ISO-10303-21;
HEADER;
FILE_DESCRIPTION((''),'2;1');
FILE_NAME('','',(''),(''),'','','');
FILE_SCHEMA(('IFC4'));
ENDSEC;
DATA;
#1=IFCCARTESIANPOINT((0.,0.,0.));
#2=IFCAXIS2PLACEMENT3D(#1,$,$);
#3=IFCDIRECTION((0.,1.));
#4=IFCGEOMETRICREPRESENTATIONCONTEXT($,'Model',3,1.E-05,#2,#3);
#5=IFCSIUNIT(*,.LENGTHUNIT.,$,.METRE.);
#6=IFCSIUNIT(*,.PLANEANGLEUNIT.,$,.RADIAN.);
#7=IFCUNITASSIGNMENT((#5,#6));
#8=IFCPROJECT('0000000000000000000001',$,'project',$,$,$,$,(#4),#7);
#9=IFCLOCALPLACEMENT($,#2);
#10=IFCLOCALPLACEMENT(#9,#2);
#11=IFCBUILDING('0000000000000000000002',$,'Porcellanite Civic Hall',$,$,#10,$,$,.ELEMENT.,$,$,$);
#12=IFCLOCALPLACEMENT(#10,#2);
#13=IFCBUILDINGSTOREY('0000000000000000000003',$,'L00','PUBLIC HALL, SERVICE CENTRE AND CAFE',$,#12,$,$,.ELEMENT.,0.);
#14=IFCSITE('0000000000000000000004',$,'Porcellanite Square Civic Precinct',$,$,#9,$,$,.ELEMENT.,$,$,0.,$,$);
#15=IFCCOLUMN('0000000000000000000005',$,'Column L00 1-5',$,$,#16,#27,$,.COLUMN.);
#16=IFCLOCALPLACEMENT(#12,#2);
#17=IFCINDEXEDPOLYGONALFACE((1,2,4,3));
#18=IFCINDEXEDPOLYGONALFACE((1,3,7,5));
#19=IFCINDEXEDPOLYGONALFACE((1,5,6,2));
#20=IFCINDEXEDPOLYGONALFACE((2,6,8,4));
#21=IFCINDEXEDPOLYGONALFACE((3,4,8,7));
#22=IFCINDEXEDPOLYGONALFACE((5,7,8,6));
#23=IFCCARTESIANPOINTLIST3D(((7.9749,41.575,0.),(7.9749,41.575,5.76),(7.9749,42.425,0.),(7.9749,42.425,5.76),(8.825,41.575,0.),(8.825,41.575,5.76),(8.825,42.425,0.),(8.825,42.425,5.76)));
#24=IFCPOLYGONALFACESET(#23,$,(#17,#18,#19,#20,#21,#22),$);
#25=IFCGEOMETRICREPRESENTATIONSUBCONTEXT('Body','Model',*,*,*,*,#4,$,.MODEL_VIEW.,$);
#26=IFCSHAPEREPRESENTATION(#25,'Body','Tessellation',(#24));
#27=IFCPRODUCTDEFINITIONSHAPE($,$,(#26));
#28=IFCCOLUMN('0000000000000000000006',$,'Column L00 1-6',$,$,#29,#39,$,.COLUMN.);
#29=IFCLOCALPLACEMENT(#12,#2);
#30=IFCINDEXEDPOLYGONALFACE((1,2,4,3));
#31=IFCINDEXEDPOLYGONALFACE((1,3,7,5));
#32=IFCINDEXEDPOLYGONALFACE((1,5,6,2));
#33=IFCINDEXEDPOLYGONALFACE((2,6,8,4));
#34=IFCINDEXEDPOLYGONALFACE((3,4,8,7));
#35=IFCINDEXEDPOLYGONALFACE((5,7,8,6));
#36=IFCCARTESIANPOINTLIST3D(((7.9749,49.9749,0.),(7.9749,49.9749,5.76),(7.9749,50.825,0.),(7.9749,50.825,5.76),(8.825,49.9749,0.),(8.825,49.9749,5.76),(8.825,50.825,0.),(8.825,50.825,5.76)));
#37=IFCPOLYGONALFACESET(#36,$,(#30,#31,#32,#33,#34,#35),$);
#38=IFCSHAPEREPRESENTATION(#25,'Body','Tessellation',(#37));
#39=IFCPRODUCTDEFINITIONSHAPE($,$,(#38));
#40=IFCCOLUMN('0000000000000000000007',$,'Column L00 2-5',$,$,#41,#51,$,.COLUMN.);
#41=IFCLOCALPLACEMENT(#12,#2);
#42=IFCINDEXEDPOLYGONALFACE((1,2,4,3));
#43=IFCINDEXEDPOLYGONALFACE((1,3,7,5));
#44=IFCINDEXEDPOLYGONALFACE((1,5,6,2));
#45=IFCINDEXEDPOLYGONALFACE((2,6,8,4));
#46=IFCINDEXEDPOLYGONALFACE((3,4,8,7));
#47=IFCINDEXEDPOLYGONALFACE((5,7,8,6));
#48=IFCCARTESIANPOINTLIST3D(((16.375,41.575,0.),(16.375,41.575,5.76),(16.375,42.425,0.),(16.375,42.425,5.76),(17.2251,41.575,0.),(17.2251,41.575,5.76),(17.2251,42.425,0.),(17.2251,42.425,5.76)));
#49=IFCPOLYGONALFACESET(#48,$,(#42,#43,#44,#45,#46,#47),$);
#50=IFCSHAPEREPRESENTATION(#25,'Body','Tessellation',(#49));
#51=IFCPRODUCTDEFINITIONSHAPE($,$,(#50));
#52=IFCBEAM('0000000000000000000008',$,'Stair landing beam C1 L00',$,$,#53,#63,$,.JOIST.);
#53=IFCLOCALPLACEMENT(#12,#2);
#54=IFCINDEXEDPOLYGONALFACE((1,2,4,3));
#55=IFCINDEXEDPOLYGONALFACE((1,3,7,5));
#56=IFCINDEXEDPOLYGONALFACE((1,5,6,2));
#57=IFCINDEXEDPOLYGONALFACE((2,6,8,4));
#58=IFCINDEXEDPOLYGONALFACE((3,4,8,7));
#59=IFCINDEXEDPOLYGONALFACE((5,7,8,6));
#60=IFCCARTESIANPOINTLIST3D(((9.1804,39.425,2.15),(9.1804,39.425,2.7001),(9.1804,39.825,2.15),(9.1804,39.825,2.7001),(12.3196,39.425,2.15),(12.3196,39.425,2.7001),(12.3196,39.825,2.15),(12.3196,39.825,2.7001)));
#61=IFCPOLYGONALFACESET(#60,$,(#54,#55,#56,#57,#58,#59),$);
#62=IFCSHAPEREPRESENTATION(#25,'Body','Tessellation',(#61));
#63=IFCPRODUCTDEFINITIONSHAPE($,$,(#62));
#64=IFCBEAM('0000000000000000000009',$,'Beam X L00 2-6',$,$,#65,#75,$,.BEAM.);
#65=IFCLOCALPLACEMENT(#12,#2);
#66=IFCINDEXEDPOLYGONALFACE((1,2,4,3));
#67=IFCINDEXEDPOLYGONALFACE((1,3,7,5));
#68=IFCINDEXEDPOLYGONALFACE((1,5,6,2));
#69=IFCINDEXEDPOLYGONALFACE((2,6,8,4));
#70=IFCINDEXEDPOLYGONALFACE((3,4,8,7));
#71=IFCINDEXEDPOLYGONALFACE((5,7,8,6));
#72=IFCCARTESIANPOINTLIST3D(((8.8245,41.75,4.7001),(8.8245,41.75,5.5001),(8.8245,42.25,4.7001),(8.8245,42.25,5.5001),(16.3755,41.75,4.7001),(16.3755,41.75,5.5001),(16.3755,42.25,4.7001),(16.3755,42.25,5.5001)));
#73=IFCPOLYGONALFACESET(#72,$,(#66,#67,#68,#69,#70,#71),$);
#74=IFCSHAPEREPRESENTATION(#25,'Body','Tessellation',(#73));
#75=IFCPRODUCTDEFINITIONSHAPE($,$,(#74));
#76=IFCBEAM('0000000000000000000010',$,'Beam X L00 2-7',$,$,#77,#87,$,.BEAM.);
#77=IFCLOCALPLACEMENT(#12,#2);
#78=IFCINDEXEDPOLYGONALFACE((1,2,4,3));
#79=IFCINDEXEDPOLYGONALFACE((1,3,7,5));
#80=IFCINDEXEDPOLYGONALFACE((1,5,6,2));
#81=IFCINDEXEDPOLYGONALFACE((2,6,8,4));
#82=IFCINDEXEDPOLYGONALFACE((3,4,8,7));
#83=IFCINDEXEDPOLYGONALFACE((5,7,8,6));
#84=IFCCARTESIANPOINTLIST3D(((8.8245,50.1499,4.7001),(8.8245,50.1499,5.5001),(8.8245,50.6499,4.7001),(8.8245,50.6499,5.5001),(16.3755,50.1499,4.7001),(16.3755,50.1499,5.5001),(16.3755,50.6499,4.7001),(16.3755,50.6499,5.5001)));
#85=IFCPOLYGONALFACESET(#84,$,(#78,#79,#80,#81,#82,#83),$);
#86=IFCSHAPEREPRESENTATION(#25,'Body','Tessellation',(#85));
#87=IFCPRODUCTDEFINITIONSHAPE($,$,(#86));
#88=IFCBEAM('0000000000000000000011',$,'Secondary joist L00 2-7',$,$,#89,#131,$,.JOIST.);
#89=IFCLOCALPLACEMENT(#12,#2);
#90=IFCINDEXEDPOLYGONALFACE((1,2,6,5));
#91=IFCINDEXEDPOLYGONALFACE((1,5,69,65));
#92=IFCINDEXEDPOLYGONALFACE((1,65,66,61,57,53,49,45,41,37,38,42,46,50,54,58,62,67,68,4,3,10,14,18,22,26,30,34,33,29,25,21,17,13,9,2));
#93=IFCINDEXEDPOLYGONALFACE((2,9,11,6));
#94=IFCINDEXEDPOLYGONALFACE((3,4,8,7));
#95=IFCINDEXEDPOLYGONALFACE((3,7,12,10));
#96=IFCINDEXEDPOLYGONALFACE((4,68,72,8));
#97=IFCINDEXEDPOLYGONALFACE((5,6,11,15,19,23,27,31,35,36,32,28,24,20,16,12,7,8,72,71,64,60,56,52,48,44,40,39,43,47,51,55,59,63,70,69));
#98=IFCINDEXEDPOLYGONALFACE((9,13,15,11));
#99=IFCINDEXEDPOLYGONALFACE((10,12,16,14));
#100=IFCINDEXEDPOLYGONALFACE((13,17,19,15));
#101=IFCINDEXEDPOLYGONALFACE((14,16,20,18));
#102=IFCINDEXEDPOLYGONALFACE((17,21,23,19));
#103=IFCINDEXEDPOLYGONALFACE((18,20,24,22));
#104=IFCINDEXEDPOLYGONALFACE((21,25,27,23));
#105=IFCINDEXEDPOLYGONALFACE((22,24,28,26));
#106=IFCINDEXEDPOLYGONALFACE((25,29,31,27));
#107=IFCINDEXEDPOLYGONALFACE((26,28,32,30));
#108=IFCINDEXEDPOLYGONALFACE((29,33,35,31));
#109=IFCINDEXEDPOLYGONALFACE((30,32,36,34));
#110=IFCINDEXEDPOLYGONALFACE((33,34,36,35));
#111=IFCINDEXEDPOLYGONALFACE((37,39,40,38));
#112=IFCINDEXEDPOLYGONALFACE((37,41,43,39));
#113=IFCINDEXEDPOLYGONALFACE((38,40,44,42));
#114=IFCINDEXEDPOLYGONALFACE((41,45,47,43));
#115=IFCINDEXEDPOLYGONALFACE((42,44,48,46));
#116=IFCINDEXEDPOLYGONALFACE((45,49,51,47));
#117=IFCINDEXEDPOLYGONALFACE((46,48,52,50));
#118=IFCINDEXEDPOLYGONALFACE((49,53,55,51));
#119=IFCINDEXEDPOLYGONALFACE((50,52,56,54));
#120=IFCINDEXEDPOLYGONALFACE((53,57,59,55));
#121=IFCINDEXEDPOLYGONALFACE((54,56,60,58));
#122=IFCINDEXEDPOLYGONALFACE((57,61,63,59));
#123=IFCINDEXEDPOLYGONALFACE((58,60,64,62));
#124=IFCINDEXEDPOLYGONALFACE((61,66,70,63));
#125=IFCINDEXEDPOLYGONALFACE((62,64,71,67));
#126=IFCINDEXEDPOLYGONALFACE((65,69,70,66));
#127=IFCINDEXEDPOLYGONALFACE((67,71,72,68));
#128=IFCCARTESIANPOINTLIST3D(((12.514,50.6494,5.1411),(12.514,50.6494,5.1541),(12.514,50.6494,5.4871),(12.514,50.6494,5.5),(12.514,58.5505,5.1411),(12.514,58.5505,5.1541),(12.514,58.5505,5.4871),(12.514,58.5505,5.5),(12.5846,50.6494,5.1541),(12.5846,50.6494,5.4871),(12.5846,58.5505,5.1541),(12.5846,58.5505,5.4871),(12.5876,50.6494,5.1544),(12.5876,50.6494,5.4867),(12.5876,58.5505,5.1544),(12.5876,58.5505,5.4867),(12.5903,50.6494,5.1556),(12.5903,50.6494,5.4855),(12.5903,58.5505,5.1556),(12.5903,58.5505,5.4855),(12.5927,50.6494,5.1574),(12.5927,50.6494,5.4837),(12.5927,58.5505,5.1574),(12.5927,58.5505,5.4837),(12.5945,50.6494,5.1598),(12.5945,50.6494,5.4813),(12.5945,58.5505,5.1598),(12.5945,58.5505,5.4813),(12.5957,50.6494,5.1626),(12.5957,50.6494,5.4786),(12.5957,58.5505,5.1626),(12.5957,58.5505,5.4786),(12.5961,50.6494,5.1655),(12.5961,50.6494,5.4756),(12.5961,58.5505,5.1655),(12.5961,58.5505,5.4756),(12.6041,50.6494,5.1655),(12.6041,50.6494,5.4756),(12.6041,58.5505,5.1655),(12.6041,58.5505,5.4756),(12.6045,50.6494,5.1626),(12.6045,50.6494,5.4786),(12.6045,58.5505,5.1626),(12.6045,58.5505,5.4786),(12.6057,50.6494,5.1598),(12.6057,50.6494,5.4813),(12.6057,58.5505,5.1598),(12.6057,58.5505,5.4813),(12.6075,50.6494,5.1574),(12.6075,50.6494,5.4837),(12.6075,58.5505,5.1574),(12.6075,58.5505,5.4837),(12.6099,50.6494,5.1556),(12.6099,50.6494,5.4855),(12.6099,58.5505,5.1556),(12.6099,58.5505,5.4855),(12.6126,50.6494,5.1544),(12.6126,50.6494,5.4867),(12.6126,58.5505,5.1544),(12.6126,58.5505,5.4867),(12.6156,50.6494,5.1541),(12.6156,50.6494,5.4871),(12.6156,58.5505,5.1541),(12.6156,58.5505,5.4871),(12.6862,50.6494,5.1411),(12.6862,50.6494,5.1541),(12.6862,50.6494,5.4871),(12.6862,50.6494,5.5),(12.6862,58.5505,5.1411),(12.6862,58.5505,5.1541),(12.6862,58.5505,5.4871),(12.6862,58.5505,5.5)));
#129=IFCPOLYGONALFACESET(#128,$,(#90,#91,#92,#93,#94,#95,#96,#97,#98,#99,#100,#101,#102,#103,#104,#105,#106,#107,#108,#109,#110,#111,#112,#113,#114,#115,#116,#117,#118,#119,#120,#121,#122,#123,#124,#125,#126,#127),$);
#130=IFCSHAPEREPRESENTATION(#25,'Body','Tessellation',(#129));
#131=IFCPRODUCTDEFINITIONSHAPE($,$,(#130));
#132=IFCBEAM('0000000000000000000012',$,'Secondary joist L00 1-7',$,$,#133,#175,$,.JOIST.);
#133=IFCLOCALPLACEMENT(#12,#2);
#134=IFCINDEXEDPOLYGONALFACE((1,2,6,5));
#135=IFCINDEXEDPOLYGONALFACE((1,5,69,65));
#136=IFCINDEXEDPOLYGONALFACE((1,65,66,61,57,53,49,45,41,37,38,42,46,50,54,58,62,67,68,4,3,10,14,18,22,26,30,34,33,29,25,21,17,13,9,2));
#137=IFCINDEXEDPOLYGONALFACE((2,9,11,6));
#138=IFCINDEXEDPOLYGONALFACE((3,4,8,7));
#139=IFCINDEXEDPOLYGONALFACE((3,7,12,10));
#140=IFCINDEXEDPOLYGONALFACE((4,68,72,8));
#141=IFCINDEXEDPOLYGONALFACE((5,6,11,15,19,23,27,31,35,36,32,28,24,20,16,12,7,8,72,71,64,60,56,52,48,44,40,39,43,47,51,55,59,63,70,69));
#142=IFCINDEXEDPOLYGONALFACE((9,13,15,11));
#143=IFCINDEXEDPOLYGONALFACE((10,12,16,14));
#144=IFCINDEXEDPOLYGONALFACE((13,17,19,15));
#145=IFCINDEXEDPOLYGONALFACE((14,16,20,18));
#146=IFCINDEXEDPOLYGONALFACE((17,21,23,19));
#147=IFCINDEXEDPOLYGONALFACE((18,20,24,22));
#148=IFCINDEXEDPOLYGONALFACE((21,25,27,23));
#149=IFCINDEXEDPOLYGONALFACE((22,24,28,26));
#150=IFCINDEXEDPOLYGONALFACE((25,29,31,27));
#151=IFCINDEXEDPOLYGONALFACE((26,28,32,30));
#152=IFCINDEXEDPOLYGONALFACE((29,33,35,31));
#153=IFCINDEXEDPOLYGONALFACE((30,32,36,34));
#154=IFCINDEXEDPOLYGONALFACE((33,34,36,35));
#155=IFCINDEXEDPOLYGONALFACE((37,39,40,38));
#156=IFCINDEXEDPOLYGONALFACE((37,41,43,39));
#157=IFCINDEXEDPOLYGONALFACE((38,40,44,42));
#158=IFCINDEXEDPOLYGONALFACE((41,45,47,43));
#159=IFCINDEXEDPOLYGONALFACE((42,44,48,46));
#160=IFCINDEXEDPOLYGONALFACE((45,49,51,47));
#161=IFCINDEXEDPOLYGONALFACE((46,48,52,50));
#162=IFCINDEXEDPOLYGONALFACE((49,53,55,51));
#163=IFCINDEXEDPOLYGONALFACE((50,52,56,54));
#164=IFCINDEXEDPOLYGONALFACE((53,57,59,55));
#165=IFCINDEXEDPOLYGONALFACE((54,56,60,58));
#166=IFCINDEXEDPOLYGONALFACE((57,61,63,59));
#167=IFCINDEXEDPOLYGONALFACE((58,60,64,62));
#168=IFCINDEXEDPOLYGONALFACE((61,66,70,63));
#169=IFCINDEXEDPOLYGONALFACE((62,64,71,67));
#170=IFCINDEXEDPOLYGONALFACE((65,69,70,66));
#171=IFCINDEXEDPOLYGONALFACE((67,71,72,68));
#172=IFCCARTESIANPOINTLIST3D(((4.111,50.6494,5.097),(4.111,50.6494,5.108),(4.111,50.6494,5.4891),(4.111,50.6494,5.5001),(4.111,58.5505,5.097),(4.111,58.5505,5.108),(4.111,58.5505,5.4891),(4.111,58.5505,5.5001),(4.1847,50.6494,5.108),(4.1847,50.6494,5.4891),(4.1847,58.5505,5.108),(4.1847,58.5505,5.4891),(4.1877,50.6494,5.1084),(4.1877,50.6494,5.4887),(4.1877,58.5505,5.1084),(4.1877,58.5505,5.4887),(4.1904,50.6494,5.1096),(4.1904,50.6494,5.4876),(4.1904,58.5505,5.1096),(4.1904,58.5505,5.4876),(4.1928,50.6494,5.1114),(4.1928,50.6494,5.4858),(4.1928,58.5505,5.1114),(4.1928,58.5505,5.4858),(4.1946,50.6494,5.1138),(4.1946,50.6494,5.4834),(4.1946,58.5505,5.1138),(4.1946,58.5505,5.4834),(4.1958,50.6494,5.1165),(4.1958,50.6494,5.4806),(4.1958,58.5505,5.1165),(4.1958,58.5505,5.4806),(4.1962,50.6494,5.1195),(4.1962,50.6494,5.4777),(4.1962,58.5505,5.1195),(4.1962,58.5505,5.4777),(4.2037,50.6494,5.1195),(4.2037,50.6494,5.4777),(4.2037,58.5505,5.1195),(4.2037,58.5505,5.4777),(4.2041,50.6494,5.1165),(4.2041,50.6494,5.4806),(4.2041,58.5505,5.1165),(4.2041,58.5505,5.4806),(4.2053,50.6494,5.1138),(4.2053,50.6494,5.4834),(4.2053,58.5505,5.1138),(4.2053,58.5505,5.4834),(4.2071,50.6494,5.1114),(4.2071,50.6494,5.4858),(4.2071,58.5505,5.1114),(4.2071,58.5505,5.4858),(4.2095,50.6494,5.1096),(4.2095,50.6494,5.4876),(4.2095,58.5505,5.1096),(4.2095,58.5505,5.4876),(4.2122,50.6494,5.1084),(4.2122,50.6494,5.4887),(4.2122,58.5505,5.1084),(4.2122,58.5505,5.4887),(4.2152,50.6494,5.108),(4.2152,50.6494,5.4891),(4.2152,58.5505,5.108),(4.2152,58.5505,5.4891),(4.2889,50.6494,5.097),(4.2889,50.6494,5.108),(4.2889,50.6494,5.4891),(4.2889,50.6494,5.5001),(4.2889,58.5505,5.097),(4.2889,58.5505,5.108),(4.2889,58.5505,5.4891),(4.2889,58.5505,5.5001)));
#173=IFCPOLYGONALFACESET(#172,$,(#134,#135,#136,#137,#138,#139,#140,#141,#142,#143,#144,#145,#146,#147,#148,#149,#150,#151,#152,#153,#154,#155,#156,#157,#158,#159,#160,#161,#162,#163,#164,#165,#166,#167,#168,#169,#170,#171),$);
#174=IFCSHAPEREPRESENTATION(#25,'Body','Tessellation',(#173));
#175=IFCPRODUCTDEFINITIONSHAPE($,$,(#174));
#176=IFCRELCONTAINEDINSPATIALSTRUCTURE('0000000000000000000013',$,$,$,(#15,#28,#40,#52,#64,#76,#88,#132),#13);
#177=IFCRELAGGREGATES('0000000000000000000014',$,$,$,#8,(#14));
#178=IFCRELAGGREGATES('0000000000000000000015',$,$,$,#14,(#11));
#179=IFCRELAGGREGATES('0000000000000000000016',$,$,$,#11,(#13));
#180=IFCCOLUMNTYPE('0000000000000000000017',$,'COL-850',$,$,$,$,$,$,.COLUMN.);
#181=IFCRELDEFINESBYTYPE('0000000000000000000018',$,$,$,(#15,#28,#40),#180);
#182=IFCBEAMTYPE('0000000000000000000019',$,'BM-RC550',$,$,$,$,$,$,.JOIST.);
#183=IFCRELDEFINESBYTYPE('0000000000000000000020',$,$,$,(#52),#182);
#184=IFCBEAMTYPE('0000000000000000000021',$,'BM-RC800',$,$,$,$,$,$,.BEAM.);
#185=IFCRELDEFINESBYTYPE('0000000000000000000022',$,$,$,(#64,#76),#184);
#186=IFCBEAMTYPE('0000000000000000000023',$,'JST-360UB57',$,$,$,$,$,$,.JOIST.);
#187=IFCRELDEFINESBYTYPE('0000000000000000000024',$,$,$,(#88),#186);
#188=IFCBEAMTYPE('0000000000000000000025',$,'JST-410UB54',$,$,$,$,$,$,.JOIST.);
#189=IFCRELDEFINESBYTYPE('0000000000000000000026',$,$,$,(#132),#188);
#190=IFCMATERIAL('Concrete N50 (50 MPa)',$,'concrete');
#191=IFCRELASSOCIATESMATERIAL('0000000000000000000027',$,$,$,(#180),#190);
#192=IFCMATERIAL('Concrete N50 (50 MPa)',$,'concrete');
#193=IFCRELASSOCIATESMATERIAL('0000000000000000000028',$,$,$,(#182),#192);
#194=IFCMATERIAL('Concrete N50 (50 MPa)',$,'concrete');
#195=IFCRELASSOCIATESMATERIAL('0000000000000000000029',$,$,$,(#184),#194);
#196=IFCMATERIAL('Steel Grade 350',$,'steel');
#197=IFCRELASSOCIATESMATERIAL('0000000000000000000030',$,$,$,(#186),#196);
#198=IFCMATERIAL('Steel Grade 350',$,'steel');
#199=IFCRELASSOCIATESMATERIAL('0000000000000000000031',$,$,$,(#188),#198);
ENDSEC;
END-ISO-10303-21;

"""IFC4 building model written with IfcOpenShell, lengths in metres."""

from ifc_helpers import new_model, si_unit, direction, frame, origin, origin_2d, place, context, subcontext, project, spatial, rectangle, i_section, extrude, material, material_profile, profile_set, type_object, element, save


model = new_model("IFC4")

# Units and contexts
model_context = context("Model", 3, precision=1e-05, world=origin(), true_north=direction((0.0, 1.0)))
body_context = subcontext(model_context, "Body", "Model", "MODEL_VIEW")
ifc_project = project(units=[si_unit("LENGTHUNIT", "METRE"), si_unit("PLANEANGLEUNIT", "RADIAN")], contexts=[model_context])

# Site, building, storey
site_placement = place(None, origin())
site = spatial("IfcSite", under=ifc_project, at=site_placement, Name="Porcellanite Square Civic Precinct", CompositionType="ELEMENT", RefElevation=0.0)
building_placement = place(site_placement, origin())
building = spatial("IfcBuilding", under=site, at=building_placement, Name="Porcellanite Civic Hall", CompositionType="ELEMENT")
storey_placement = place(building_placement, origin())
storey = spatial("IfcBuildingStorey", under=building, at=storey_placement, Name="L00", Description="PUBLIC HALL, SERVICE CENTRE AND CAFE", CompositionType="ELEMENT", Elevation=0.0)

# Columns
ifc_material_1 = material(Name="Concrete N50 (50 MPa)", Category="concrete")
ifc_material_profile_1 = material_profile(ifc_material_1, rectangle(XDim=0.8501, YDim=0.8501, at=origin_2d()), Name="RC-850x850")
ifc_profile_set_1 = profile_set([ifc_material_profile_1], Name="Concrete N50 (50 MPa)")
column_type = type_object("IfcColumnType", Name="COL-850", PredefinedType="COLUMN", material=ifc_profile_set_1)
for number, where, z_axis, x_axis, name in (
    (1, (8.3999, 42.0, 0.0), (0.0, 0.0, 1.0), (1.0, 0.0, 0.0), "Column L00 1-5"),
    (2, (8.3999, 50.3999, 0.0), (0.0, 0.0, 1.0), (1.0, 0.0, 0.0), "Column L00 1-6"),
    (3, (16.8, 42.0, 0.0), (0.0, 0.0, 1.0), (1.0, 0.0, 0.0), "Column L00 2-5"),
):
    element("IfcColumn", number, at=place(storey_placement, frame(where, z_axis=z_axis, x_axis=x_axis)), inside=storey, type_object=column_type, Name=name, PredefinedType="COLUMN", context=body_context, shape_type="SweptSolid", body=[
        extrude(rectangle(XDim=0.8501, YDim=0.8501, at=origin_2d()), origin(), (0.0, 0.0, 1.0), 5.76),
    ])

# Beams
ifc_material_2 = material(Name="Concrete N50 (50 MPa)", Category="concrete")
ifc_material_profile_2 = material_profile(ifc_material_2, rectangle(XDim=0.3999, YDim=0.55, at=origin_2d()), Name="RC-400x550")
ifc_profile_set_2 = profile_set([ifc_material_profile_2], Name="Concrete N50 (50 MPa)")
beam_type_1 = type_object("IfcBeamType", Name="BM-RC550", PredefinedType="JOIST", material=ifc_profile_set_2)
beam_1_placement = place(storey_placement, frame((9.1804, 39.625, 2.425), z_axis=(1.0, 0.0, 0.0), x_axis=(0.0, 1.0, 0.0)))
element("IfcBeam", 4, at=beam_1_placement, inside=storey, type_object=beam_type_1, Name="Stair landing beam C1 L00", PredefinedType="JOIST", context=body_context, shape_type="SweptSolid", body=[
    extrude(rectangle(XDim=0.3999, YDim=0.55, at=origin_2d()), origin(), (0.0, 0.0, 1.0), 3.1392),
])
ifc_material_3 = material(Name="Concrete N50 (50 MPa)", Category="concrete")
ifc_material_profile_3 = material_profile(ifc_material_3, rectangle(XDim=0.5, YDim=0.8, at=origin_2d()), Name="RC-500x800")
ifc_profile_set_3 = profile_set([ifc_material_profile_3], Name="Concrete N50 (50 MPa)")
beam_type_2 = type_object("IfcBeamType", Name="BM-RC800", PredefinedType="BEAM", material=ifc_profile_set_3)
for number, where, z_axis, x_axis, name in (
    (5, (8.8245, 42.0, 5.1001), (1.0, 0.0, 0.0), (0.0, 1.0, 0.0), "Beam X L00 2-6"),
    (6, (8.8245, 50.3999, 5.1001), (1.0, 0.0, 0.0), (0.0, 1.0, 0.0), "Beam X L00 2-7"),
):
    element("IfcBeam", number, at=place(storey_placement, frame(where, z_axis=z_axis, x_axis=x_axis)), inside=storey, type_object=beam_type_2, Name=name, PredefinedType="BEAM", context=body_context, shape_type="SweptSolid", body=[
        extrude(rectangle(XDim=0.5, YDim=0.8, at=origin_2d()), origin(), (0.0, 0.0, 1.0), 7.551),
    ])
ifc_material_4 = material(Name="Steel Grade 350", Category="steel")
ifc_material_profile_4 = material_profile(ifc_material_4, i_section(OverallWidth=0.1721, OverallDepth=0.3589, WebThickness=0.0081, FlangeThickness=0.0129, FilletRadius=0.0115, at=origin_2d()), Name="360UB56.7")
ifc_profile_set_4 = profile_set([ifc_material_profile_4], Name="Steel Grade 350")
beam_type_3 = type_object("IfcBeamType", Name="JST-360UB57", PredefinedType="JOIST", material=ifc_profile_set_4)
beam_2_placement = place(storey_placement, frame((12.6001, 50.6494, 5.3206), z_axis=(0.0, 1.0, 0.0), x_axis=(-1.0, 0.0, 0.0)))
element("IfcBeam", 7, at=beam_2_placement, inside=storey, type_object=beam_type_3, Name="Secondary joist L00 2-7", PredefinedType="JOIST", context=body_context, shape_type="SweptSolid", body=[
    extrude(i_section(OverallWidth=0.1721, OverallDepth=0.3589, WebThickness=0.0081, FlangeThickness=0.0129, FilletRadius=0.0115, at=origin_2d()), origin(), (0.0, 0.0, 1.0), 7.9011),
])
ifc_material_5 = material(Name="Steel Grade 350", Category="steel")
ifc_material_profile_5 = material_profile(ifc_material_5, i_section(OverallWidth=0.178, OverallDepth=0.4031, WebThickness=0.0076, FlangeThickness=0.011, FilletRadius=0.0115, at=origin_2d()), Name="410UB53.7")
ifc_profile_set_5 = profile_set([ifc_material_profile_5], Name="Steel Grade 350")
beam_type_4 = type_object("IfcBeamType", Name="JST-410UB54", PredefinedType="JOIST", material=ifc_profile_set_5)
beam_3_placement = place(storey_placement, frame((4.2, 50.6494, 5.2986), z_axis=(0.0, 1.0, 0.0), x_axis=(-1.0, 0.0, 0.0)))
element("IfcBeam", 8, at=beam_3_placement, inside=storey, type_object=beam_type_4, Name="Secondary joist L00 1-7", PredefinedType="JOIST", context=body_context, shape_type="SweptSolid", body=[
    extrude(i_section(OverallWidth=0.178, OverallDepth=0.4031, WebThickness=0.0076, FlangeThickness=0.011, FilletRadius=0.0115, at=origin_2d()), origin(), (0.0, 0.0, 1.0), 7.9011),
])

save(model, "model.ifc")
